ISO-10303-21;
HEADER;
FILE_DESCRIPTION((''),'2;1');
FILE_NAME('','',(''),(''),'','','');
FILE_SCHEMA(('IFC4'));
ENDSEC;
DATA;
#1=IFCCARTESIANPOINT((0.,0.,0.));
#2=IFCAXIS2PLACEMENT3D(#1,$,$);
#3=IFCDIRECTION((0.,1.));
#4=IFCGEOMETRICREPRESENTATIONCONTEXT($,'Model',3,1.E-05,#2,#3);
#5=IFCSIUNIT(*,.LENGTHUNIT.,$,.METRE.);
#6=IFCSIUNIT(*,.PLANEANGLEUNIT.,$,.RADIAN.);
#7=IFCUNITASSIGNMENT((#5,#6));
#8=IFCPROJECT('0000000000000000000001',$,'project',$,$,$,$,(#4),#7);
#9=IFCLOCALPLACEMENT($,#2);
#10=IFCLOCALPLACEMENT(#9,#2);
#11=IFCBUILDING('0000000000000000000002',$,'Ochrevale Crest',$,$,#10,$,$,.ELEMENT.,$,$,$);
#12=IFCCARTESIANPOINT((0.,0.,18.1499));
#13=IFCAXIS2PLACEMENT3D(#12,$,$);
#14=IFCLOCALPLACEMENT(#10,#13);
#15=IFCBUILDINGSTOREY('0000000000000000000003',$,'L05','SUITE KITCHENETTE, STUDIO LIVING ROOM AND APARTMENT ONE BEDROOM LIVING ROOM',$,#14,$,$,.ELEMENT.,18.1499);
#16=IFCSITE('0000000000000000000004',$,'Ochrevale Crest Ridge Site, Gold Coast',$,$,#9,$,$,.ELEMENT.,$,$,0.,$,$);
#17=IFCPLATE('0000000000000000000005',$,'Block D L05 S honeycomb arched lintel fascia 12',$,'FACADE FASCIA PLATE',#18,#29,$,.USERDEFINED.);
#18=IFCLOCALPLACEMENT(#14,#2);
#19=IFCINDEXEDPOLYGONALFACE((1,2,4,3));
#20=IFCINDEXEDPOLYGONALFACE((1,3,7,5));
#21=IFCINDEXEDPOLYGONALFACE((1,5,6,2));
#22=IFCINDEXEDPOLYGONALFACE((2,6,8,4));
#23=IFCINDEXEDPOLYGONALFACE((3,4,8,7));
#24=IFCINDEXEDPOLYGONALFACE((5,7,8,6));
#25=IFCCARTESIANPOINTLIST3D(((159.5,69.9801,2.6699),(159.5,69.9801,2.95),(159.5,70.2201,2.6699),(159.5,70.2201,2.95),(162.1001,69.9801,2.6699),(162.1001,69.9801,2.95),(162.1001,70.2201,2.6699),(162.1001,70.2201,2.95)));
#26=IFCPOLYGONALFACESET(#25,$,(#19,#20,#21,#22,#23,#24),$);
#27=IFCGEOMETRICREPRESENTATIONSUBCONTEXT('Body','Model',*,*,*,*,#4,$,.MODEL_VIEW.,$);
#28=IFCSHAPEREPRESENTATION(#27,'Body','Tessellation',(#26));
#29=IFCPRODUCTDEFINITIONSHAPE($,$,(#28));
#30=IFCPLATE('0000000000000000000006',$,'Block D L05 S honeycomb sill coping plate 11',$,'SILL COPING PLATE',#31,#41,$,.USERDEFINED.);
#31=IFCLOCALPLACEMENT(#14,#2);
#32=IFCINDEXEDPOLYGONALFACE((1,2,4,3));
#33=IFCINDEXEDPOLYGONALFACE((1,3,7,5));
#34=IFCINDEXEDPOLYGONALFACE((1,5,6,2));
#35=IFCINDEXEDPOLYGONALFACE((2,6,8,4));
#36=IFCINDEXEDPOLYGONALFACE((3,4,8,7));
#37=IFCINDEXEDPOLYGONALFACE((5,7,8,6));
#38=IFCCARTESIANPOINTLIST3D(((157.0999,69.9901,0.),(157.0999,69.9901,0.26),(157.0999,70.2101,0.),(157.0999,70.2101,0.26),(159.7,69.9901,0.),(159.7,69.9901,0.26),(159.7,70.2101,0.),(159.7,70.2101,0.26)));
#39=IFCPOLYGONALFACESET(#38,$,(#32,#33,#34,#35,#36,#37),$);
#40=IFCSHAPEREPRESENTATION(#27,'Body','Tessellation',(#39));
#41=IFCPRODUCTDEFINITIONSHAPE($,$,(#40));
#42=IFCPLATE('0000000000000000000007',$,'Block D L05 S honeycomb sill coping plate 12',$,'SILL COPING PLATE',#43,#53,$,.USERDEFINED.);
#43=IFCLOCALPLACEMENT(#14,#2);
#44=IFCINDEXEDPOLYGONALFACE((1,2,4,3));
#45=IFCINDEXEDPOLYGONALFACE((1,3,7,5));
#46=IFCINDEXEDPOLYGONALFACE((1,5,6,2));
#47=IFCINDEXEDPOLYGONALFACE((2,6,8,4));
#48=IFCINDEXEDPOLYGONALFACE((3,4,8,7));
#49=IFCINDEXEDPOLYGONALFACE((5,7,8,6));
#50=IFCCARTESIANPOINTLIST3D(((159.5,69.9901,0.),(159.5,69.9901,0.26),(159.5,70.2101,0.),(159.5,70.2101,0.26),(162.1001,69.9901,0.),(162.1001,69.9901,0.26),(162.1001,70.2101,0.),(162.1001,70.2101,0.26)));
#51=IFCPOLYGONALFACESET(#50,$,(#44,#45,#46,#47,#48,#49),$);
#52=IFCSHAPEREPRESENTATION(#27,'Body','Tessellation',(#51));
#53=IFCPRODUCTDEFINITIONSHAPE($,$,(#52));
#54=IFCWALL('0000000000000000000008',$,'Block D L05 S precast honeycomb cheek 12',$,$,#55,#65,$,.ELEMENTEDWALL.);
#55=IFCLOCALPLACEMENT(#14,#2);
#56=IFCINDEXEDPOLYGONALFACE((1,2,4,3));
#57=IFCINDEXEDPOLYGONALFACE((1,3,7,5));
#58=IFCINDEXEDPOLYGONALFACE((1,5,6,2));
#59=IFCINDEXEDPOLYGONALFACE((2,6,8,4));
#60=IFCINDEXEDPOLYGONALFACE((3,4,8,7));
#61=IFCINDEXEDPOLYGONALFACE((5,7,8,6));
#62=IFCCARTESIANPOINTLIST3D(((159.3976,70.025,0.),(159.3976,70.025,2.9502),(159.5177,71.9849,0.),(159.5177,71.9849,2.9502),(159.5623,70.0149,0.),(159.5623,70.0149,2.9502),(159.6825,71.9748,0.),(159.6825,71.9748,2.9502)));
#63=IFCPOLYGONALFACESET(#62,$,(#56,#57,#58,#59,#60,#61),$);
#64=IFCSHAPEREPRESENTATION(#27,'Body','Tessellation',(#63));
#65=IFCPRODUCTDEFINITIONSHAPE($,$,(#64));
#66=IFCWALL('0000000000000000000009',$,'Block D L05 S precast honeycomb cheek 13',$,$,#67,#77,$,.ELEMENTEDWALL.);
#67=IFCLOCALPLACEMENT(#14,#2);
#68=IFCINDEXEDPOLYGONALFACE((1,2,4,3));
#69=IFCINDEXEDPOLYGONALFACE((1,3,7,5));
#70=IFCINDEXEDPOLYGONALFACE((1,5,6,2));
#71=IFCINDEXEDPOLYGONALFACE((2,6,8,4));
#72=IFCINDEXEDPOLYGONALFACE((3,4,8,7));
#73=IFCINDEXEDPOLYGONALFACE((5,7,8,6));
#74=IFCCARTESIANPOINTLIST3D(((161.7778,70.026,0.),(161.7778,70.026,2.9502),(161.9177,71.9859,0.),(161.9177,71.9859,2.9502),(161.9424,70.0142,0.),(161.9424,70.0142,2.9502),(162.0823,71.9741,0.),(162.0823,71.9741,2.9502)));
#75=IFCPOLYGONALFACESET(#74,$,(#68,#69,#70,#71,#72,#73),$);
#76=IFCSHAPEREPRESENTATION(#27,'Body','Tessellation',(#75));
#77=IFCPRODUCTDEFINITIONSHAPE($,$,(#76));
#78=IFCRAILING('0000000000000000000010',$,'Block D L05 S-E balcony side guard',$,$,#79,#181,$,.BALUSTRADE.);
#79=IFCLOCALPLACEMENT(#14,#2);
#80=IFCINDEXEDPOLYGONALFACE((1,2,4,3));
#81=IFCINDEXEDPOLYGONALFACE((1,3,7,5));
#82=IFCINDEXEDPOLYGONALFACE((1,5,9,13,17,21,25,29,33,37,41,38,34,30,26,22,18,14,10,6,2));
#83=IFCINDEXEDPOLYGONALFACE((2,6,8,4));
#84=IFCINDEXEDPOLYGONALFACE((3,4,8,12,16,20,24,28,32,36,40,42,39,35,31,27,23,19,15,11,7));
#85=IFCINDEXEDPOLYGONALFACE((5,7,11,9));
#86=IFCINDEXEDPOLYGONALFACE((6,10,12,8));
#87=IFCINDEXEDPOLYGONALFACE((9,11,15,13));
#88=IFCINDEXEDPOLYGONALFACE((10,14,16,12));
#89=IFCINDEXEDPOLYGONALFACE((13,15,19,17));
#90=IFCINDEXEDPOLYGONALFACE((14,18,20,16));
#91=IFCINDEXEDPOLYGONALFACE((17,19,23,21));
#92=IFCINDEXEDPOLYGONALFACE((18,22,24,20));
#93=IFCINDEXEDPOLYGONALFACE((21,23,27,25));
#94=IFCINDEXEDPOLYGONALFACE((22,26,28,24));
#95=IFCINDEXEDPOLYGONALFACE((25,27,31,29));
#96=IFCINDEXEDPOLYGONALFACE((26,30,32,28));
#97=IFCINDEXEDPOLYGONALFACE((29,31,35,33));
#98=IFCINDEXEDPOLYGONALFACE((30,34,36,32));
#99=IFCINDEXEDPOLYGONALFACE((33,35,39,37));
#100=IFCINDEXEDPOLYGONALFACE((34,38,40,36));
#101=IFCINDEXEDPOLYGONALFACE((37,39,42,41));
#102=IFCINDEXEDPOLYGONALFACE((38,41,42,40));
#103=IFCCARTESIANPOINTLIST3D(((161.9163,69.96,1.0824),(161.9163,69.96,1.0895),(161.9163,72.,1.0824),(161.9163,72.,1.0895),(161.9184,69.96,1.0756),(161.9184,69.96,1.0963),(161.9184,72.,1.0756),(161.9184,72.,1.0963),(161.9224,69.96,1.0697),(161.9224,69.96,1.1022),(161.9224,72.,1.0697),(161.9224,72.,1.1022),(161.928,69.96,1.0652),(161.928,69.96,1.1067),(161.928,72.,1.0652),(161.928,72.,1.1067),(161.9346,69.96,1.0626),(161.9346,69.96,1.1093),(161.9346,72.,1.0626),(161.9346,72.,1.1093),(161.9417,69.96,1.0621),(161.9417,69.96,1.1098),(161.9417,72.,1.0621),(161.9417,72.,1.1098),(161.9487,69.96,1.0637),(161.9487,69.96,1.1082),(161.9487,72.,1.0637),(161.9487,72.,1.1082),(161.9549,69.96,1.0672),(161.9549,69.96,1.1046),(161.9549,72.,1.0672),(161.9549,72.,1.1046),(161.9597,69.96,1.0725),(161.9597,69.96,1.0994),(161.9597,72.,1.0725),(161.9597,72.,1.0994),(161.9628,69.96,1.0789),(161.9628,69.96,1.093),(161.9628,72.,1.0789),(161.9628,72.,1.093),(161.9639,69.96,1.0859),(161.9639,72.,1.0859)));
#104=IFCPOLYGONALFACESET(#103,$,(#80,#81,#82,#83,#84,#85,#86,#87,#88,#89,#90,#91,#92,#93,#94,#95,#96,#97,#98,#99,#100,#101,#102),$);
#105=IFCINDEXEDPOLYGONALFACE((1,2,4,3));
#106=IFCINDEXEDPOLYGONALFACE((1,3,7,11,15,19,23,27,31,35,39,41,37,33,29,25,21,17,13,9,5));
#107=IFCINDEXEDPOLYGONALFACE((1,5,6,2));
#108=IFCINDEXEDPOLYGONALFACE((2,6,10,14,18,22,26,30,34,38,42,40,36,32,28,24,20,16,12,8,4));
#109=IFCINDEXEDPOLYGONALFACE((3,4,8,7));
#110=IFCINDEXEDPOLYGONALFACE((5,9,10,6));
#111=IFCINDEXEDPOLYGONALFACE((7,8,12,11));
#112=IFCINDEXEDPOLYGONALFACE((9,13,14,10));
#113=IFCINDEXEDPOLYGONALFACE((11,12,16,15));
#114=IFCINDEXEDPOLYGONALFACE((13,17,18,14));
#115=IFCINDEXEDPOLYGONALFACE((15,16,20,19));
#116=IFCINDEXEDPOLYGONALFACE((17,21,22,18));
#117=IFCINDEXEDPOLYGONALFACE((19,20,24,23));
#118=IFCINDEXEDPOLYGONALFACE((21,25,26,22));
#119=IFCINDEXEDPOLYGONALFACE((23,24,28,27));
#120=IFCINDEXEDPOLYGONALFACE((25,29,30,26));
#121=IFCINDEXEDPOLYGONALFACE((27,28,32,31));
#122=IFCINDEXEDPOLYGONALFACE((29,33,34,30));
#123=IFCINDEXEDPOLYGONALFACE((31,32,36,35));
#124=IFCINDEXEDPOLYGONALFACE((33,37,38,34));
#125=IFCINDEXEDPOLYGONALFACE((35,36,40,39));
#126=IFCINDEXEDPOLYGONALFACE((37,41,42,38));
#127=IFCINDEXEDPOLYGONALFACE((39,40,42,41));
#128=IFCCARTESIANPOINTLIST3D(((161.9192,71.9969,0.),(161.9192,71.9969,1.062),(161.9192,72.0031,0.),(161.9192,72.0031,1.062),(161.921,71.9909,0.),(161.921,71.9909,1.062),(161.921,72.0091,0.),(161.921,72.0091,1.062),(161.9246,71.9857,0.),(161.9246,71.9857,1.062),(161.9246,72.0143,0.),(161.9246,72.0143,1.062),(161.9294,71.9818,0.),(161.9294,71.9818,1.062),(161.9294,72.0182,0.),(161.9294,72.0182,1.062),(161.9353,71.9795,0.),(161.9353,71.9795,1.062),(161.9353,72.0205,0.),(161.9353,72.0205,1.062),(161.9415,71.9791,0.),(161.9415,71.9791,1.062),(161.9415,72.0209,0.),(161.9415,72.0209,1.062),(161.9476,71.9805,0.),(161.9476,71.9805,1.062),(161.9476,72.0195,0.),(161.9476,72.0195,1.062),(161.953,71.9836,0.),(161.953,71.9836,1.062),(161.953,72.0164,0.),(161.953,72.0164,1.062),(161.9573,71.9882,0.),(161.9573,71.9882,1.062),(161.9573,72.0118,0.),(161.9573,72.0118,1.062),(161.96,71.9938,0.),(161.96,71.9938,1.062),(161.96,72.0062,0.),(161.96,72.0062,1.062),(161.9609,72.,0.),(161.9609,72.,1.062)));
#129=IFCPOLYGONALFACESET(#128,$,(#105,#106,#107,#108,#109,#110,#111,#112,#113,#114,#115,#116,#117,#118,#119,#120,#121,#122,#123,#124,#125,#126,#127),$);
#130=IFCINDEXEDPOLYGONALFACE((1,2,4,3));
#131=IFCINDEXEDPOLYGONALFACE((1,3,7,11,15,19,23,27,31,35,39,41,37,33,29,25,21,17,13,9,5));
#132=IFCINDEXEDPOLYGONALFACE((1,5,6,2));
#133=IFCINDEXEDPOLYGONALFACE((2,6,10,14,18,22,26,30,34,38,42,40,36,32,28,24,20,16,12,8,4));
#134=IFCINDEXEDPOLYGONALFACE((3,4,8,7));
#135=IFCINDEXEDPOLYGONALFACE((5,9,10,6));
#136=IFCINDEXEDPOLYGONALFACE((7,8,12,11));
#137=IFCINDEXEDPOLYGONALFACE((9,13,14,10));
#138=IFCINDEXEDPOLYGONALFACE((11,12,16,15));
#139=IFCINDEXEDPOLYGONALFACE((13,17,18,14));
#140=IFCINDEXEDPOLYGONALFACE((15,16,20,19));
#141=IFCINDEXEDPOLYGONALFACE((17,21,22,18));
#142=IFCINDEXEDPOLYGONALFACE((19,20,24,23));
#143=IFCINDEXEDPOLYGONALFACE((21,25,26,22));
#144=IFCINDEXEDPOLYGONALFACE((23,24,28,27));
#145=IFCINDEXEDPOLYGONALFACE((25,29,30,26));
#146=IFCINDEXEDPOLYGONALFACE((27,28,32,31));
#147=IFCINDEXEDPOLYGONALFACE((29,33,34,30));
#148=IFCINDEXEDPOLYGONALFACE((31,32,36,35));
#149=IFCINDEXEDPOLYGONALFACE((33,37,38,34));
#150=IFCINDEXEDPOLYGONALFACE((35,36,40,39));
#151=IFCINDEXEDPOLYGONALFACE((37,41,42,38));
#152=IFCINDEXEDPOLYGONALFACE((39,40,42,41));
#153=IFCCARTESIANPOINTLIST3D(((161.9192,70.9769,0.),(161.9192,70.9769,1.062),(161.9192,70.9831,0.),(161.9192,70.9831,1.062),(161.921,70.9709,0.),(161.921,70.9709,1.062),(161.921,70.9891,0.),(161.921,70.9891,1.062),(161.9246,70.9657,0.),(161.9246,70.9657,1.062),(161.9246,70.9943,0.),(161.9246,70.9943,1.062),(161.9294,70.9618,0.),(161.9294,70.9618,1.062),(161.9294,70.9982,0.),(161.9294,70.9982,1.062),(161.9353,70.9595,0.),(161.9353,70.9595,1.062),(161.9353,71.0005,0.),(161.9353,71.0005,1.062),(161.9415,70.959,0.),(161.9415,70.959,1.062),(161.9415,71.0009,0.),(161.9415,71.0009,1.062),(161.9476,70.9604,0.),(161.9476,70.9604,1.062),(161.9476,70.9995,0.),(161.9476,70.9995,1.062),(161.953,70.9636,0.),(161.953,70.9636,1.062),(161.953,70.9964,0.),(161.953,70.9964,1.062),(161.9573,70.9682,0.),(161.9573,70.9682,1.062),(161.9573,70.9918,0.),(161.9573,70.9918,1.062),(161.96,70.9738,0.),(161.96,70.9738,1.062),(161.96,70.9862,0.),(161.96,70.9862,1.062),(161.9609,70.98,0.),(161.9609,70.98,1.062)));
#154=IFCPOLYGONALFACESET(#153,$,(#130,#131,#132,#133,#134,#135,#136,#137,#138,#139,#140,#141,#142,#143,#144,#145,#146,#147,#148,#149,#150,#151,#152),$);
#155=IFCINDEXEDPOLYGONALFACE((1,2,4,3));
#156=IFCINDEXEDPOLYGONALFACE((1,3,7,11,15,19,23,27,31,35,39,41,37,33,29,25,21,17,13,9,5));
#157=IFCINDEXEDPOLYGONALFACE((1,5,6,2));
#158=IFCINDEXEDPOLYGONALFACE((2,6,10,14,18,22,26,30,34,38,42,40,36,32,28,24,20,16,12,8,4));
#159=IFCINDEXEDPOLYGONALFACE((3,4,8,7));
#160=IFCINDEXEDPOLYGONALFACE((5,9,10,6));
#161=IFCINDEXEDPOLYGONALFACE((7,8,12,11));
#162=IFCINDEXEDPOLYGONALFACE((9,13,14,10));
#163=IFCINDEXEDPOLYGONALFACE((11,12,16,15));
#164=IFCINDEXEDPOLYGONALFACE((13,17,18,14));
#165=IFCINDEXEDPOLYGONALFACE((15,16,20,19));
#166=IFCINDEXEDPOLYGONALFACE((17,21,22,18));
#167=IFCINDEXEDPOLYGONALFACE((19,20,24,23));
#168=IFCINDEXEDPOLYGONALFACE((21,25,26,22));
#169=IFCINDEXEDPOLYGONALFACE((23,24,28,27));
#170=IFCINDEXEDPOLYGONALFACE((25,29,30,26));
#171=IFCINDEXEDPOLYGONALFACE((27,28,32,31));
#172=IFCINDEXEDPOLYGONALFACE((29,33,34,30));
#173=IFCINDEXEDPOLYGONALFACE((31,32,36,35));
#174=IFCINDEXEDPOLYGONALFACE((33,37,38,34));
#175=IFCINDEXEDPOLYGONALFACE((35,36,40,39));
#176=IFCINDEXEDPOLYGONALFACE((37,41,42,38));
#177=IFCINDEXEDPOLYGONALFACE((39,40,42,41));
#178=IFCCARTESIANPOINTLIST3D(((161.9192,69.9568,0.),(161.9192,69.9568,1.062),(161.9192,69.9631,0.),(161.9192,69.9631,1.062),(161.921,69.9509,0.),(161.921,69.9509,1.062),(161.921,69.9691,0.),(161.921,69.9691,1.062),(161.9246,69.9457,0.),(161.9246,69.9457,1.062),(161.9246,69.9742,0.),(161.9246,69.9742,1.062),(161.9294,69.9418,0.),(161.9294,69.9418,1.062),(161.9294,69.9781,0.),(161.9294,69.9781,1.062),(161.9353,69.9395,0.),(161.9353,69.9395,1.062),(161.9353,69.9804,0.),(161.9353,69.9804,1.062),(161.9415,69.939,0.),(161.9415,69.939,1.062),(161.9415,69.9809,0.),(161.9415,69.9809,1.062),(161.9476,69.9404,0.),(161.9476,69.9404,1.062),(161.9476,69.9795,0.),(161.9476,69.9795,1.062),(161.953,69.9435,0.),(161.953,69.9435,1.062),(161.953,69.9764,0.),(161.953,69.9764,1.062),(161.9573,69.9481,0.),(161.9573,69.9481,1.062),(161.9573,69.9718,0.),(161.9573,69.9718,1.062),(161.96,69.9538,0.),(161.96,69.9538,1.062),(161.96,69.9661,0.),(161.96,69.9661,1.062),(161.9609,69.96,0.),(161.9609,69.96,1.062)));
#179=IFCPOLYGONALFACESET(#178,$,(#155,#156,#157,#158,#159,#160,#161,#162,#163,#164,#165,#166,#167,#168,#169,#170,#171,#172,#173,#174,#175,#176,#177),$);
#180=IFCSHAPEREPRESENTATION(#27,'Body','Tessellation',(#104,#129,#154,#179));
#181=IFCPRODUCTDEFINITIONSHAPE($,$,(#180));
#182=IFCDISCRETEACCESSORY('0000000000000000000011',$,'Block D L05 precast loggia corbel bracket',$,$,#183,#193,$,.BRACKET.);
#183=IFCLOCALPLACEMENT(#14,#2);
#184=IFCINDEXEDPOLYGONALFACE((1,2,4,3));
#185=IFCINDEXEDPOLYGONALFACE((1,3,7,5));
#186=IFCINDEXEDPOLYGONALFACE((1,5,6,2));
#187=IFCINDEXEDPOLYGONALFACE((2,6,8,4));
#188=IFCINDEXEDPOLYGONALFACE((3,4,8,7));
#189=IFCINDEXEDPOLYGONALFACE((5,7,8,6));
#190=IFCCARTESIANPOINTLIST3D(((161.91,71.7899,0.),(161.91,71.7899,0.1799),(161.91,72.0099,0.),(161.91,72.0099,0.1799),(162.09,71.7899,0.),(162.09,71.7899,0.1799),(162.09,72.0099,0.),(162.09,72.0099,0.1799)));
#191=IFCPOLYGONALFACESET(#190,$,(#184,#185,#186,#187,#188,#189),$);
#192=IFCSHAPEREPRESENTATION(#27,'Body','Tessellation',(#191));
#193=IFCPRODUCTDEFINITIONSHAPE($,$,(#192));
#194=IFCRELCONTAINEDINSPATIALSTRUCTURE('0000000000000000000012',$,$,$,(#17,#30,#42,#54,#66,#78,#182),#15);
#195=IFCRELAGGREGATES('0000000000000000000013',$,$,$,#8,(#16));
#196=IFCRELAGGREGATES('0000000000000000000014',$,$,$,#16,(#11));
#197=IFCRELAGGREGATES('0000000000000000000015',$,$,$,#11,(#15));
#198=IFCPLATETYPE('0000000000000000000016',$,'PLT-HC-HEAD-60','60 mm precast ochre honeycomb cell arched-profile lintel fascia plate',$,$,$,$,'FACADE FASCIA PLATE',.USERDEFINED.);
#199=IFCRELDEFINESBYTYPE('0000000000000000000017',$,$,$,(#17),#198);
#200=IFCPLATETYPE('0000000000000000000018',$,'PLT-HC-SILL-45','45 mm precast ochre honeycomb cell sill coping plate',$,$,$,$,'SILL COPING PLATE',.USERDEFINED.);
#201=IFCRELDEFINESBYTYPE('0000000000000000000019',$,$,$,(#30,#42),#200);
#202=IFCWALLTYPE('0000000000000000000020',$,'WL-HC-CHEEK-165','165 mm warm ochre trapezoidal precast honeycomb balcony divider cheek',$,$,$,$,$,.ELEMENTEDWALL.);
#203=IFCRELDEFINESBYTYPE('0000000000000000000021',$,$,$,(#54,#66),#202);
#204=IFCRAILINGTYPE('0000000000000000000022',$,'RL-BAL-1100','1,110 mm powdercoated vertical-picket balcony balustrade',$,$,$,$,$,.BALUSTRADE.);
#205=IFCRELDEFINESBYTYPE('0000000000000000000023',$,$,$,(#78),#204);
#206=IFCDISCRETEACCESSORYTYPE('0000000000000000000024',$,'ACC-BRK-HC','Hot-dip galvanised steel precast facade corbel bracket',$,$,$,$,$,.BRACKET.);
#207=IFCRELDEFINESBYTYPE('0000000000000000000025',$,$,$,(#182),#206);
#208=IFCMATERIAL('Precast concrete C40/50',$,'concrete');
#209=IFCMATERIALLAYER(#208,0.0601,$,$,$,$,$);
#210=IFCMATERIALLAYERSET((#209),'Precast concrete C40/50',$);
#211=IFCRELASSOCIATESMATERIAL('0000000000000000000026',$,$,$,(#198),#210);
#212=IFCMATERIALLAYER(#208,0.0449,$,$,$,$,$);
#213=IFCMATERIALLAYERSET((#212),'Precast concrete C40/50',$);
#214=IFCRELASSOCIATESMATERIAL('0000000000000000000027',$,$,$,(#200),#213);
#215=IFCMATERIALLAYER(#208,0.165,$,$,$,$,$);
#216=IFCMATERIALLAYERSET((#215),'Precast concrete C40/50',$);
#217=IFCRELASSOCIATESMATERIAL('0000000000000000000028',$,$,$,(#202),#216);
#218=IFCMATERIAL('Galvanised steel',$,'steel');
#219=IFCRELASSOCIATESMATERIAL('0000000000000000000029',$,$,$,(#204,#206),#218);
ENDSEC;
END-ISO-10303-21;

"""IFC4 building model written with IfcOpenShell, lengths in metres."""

from ifc_helpers import new_model, si_unit, direction, frame, frame_2d, origin, origin_2d, place, context, subcontext, project, spatial, rectangle, circle, extrude, material, layer, layer_set, type_object, element, save


model = new_model("IFC4")

# Units and contexts
model_context = context("Model", 3, precision=1e-05, world=origin(), true_north=direction((0.0, 1.0)))
body_context = subcontext(model_context, "Body", "Model", "MODEL_VIEW")
ifc_project = project(units=[si_unit("LENGTHUNIT", "METRE"), si_unit("PLANEANGLEUNIT", "RADIAN")], contexts=[model_context])

# Site, building, storey
site_placement = place(None, origin())
site = spatial("IfcSite", under=ifc_project, at=site_placement, Name="Ochrevale Crest Ridge Site, Gold Coast", CompositionType="ELEMENT", RefElevation=0.0)
building_placement = place(site_placement, origin())
building = spatial("IfcBuilding", under=site, at=building_placement, Name="Ochrevale Crest", CompositionType="ELEMENT")
storey_placement = place(building_placement, frame((0.0, 0.0, 18.1499)))
storey = spatial("IfcBuildingStorey", under=building, at=storey_placement, Name="L05", Description="SUITE KITCHENETTE, STUDIO LIVING ROOM AND APARTMENT ONE BEDROOM LIVING ROOM", CompositionType="ELEMENT", Elevation=18.1499)

# Plates
ifc_material_1 = material(Name="Precast concrete C40/50", Category="concrete")
ifc_layer_1 = layer(ifc_material_1, 0.0601)
ifc_layer_set_1 = layer_set([ifc_layer_1], Name="Precast concrete C40/50")
plate_type_1 = type_object("IfcPlateType", Name="PLT-HC-HEAD-60", Description="60 mm precast ochre honeycomb cell arched-profile lintel fascia plate", ElementType="FACADE FASCIA PLATE", PredefinedType="USERDEFINED", material=ifc_layer_set_1)
plate_1_placement = place(storey_placement, frame((160.8, 70.1001, 2.6699), z_axis=(0.0, 0.0, 1.0), x_axis=(1.0, 0.0, 0.0)))
element("IfcPlate", 1, at=plate_1_placement, inside=storey, type_object=plate_type_1, Name="Block D L05 S honeycomb arched lintel fascia 12", ObjectType="FACADE FASCIA PLATE", PredefinedType="USERDEFINED", context=body_context, shape_type="SweptSolid", body=[
    extrude(rectangle(XDim=2.6001, YDim=0.24, at=origin_2d()), origin(), (0.0, 0.0, 1.0), 0.28),
])
ifc_layer_2 = layer(ifc_material_1, 0.0449)
ifc_layer_set_2 = layer_set([ifc_layer_2], Name="Precast concrete C40/50")
plate_type_2 = type_object("IfcPlateType", Name="PLT-HC-SILL-45", Description="45 mm precast ochre honeycomb cell sill coping plate", ElementType="SILL COPING PLATE", PredefinedType="USERDEFINED", material=ifc_layer_set_2)
for number, where, z_axis, x_axis, name in (
    (2, (158.3999, 70.1001, 0.0), (0.0, 0.0, 1.0), (1.0, 0.0, 0.0), "Block D L05 S honeycomb sill coping plate 11"),
    (3, (160.8, 70.1001, 0.0), (0.0, 0.0, 1.0), (1.0, 0.0, 0.0), "Block D L05 S honeycomb sill coping plate 12"),
):
    element("IfcPlate", number, at=place(storey_placement, frame(where, z_axis=z_axis, x_axis=x_axis)), inside=storey, type_object=plate_type_2, Name=name, ObjectType="SILL COPING PLATE", PredefinedType="USERDEFINED", context=body_context, shape_type="SweptSolid", body=[
        extrude(rectangle(XDim=2.6001, YDim=0.22, at=origin_2d()), origin(), (0.0, 0.0, 1.0), 0.26),
    ])

# Walls
ifc_layer_3 = layer(ifc_material_1, 0.165)
ifc_layer_set_3 = layer_set([ifc_layer_3], Name="Precast concrete C40/50")
wall_type = type_object("IfcWallType", Name="WL-HC-CHEEK-165", Description="165 mm warm ochre trapezoidal precast honeycomb balcony divider cheek", PredefinedType="ELEMENTEDWALL", material=ifc_layer_set_3)
wall_1_placement = place(storey_placement, frame((159.6001, 71.98, 0.0), z_axis=(0.0, 0.0, 1.0), x_axis=(-0.061171, -0.998127, 0.0)))
element("IfcWall", 4, at=wall_1_placement, inside=storey, type_object=wall_type, Name="Block D L05 S precast honeycomb cheek 12", PredefinedType="ELEMENTEDWALL", context=body_context, shape_type="SweptSolid", body=[
    extrude(rectangle(XDim=1.9636, YDim=0.165, at=frame_2d((0.9819, 0.0))), origin(), (0.0, 0.0, 1.0), 2.9502),
])
wall_2_placement = place(storey_placement, frame((162.0, 71.98, 0.0), z_axis=(0.0, 0.0, 1.0), x_axis=(-0.071194, -0.997462, 0.0)))
element("IfcWall", 5, at=wall_2_placement, inside=storey, type_object=wall_type, Name="Block D L05 S precast honeycomb cheek 13", PredefinedType="ELEMENTEDWALL", context=body_context, shape_type="SweptSolid", body=[
    extrude(rectangle(XDim=1.9648, YDim=0.165, at=frame_2d((0.9824, 0.0))), origin(), (0.0, 0.0, 1.0), 2.9502),
])

# Railing
ifc_material_2 = material(Name="Galvanised steel", Category="steel")
railing_type = type_object("IfcRailingType", Name="RL-BAL-1100", Description="1,110 mm powdercoated vertical-picket balcony balustrade", PredefinedType="BALUSTRADE", material=ifc_material_2)
railing_placement = place(storey_placement, frame((161.9399, 72.0, 0.0)))
element("IfcRailing", 6, at=railing_placement, inside=storey, type_object=railing_type, Name="Block D L05 S-E balcony side guard", PredefinedType="BALUSTRADE", context=body_context, shape_type="SweptSolid", body=[
    extrude(circle(Radius=0.0239, at=origin_2d()), frame((0.0, 0.0, 1.0859), z_axis=(0.0, -1.0, 0.0), x_axis=(1.0, 0.0, 0.0)), (0.0, 0.0, 1.0), 2.04),
    extrude(circle(Radius=0.021, at=origin_2d()), origin(), (0.0, 0.0, 1.0), 1.062),
    extrude(circle(Radius=0.021, at=origin_2d()), frame((0.0, -1.02, 0.0)), (0.0, 0.0, 1.0), 1.062),
    extrude(circle(Radius=0.021, at=origin_2d()), frame((0.0, -2.04, 0.0)), (0.0, 0.0, 1.0), 1.062),
])

# Discrete accessory
discrete_accessory_type = type_object("IfcDiscreteAccessoryType", Name="ACC-BRK-HC", Description="Hot-dip galvanised steel precast facade corbel bracket", PredefinedType="BRACKET", material=ifc_material_2)
discrete_accessory_placement = place(storey_placement, frame((162.0, 71.8999, 0.0), z_axis=(0.0, 0.0, 1.0), x_axis=(1.0, 0.0, 0.0)))
element("IfcDiscreteAccessory", 7, at=discrete_accessory_placement, inside=storey, type_object=discrete_accessory_type, Name="Block D L05 precast loggia corbel bracket", PredefinedType="BRACKET", context=body_context, shape_type="SweptSolid", body=[
    extrude(rectangle(XDim=0.1799, YDim=0.22, at=origin_2d()), origin(), (0.0, 0.0, 1.0), 0.1799),
])

save(model, "model.ifc")
